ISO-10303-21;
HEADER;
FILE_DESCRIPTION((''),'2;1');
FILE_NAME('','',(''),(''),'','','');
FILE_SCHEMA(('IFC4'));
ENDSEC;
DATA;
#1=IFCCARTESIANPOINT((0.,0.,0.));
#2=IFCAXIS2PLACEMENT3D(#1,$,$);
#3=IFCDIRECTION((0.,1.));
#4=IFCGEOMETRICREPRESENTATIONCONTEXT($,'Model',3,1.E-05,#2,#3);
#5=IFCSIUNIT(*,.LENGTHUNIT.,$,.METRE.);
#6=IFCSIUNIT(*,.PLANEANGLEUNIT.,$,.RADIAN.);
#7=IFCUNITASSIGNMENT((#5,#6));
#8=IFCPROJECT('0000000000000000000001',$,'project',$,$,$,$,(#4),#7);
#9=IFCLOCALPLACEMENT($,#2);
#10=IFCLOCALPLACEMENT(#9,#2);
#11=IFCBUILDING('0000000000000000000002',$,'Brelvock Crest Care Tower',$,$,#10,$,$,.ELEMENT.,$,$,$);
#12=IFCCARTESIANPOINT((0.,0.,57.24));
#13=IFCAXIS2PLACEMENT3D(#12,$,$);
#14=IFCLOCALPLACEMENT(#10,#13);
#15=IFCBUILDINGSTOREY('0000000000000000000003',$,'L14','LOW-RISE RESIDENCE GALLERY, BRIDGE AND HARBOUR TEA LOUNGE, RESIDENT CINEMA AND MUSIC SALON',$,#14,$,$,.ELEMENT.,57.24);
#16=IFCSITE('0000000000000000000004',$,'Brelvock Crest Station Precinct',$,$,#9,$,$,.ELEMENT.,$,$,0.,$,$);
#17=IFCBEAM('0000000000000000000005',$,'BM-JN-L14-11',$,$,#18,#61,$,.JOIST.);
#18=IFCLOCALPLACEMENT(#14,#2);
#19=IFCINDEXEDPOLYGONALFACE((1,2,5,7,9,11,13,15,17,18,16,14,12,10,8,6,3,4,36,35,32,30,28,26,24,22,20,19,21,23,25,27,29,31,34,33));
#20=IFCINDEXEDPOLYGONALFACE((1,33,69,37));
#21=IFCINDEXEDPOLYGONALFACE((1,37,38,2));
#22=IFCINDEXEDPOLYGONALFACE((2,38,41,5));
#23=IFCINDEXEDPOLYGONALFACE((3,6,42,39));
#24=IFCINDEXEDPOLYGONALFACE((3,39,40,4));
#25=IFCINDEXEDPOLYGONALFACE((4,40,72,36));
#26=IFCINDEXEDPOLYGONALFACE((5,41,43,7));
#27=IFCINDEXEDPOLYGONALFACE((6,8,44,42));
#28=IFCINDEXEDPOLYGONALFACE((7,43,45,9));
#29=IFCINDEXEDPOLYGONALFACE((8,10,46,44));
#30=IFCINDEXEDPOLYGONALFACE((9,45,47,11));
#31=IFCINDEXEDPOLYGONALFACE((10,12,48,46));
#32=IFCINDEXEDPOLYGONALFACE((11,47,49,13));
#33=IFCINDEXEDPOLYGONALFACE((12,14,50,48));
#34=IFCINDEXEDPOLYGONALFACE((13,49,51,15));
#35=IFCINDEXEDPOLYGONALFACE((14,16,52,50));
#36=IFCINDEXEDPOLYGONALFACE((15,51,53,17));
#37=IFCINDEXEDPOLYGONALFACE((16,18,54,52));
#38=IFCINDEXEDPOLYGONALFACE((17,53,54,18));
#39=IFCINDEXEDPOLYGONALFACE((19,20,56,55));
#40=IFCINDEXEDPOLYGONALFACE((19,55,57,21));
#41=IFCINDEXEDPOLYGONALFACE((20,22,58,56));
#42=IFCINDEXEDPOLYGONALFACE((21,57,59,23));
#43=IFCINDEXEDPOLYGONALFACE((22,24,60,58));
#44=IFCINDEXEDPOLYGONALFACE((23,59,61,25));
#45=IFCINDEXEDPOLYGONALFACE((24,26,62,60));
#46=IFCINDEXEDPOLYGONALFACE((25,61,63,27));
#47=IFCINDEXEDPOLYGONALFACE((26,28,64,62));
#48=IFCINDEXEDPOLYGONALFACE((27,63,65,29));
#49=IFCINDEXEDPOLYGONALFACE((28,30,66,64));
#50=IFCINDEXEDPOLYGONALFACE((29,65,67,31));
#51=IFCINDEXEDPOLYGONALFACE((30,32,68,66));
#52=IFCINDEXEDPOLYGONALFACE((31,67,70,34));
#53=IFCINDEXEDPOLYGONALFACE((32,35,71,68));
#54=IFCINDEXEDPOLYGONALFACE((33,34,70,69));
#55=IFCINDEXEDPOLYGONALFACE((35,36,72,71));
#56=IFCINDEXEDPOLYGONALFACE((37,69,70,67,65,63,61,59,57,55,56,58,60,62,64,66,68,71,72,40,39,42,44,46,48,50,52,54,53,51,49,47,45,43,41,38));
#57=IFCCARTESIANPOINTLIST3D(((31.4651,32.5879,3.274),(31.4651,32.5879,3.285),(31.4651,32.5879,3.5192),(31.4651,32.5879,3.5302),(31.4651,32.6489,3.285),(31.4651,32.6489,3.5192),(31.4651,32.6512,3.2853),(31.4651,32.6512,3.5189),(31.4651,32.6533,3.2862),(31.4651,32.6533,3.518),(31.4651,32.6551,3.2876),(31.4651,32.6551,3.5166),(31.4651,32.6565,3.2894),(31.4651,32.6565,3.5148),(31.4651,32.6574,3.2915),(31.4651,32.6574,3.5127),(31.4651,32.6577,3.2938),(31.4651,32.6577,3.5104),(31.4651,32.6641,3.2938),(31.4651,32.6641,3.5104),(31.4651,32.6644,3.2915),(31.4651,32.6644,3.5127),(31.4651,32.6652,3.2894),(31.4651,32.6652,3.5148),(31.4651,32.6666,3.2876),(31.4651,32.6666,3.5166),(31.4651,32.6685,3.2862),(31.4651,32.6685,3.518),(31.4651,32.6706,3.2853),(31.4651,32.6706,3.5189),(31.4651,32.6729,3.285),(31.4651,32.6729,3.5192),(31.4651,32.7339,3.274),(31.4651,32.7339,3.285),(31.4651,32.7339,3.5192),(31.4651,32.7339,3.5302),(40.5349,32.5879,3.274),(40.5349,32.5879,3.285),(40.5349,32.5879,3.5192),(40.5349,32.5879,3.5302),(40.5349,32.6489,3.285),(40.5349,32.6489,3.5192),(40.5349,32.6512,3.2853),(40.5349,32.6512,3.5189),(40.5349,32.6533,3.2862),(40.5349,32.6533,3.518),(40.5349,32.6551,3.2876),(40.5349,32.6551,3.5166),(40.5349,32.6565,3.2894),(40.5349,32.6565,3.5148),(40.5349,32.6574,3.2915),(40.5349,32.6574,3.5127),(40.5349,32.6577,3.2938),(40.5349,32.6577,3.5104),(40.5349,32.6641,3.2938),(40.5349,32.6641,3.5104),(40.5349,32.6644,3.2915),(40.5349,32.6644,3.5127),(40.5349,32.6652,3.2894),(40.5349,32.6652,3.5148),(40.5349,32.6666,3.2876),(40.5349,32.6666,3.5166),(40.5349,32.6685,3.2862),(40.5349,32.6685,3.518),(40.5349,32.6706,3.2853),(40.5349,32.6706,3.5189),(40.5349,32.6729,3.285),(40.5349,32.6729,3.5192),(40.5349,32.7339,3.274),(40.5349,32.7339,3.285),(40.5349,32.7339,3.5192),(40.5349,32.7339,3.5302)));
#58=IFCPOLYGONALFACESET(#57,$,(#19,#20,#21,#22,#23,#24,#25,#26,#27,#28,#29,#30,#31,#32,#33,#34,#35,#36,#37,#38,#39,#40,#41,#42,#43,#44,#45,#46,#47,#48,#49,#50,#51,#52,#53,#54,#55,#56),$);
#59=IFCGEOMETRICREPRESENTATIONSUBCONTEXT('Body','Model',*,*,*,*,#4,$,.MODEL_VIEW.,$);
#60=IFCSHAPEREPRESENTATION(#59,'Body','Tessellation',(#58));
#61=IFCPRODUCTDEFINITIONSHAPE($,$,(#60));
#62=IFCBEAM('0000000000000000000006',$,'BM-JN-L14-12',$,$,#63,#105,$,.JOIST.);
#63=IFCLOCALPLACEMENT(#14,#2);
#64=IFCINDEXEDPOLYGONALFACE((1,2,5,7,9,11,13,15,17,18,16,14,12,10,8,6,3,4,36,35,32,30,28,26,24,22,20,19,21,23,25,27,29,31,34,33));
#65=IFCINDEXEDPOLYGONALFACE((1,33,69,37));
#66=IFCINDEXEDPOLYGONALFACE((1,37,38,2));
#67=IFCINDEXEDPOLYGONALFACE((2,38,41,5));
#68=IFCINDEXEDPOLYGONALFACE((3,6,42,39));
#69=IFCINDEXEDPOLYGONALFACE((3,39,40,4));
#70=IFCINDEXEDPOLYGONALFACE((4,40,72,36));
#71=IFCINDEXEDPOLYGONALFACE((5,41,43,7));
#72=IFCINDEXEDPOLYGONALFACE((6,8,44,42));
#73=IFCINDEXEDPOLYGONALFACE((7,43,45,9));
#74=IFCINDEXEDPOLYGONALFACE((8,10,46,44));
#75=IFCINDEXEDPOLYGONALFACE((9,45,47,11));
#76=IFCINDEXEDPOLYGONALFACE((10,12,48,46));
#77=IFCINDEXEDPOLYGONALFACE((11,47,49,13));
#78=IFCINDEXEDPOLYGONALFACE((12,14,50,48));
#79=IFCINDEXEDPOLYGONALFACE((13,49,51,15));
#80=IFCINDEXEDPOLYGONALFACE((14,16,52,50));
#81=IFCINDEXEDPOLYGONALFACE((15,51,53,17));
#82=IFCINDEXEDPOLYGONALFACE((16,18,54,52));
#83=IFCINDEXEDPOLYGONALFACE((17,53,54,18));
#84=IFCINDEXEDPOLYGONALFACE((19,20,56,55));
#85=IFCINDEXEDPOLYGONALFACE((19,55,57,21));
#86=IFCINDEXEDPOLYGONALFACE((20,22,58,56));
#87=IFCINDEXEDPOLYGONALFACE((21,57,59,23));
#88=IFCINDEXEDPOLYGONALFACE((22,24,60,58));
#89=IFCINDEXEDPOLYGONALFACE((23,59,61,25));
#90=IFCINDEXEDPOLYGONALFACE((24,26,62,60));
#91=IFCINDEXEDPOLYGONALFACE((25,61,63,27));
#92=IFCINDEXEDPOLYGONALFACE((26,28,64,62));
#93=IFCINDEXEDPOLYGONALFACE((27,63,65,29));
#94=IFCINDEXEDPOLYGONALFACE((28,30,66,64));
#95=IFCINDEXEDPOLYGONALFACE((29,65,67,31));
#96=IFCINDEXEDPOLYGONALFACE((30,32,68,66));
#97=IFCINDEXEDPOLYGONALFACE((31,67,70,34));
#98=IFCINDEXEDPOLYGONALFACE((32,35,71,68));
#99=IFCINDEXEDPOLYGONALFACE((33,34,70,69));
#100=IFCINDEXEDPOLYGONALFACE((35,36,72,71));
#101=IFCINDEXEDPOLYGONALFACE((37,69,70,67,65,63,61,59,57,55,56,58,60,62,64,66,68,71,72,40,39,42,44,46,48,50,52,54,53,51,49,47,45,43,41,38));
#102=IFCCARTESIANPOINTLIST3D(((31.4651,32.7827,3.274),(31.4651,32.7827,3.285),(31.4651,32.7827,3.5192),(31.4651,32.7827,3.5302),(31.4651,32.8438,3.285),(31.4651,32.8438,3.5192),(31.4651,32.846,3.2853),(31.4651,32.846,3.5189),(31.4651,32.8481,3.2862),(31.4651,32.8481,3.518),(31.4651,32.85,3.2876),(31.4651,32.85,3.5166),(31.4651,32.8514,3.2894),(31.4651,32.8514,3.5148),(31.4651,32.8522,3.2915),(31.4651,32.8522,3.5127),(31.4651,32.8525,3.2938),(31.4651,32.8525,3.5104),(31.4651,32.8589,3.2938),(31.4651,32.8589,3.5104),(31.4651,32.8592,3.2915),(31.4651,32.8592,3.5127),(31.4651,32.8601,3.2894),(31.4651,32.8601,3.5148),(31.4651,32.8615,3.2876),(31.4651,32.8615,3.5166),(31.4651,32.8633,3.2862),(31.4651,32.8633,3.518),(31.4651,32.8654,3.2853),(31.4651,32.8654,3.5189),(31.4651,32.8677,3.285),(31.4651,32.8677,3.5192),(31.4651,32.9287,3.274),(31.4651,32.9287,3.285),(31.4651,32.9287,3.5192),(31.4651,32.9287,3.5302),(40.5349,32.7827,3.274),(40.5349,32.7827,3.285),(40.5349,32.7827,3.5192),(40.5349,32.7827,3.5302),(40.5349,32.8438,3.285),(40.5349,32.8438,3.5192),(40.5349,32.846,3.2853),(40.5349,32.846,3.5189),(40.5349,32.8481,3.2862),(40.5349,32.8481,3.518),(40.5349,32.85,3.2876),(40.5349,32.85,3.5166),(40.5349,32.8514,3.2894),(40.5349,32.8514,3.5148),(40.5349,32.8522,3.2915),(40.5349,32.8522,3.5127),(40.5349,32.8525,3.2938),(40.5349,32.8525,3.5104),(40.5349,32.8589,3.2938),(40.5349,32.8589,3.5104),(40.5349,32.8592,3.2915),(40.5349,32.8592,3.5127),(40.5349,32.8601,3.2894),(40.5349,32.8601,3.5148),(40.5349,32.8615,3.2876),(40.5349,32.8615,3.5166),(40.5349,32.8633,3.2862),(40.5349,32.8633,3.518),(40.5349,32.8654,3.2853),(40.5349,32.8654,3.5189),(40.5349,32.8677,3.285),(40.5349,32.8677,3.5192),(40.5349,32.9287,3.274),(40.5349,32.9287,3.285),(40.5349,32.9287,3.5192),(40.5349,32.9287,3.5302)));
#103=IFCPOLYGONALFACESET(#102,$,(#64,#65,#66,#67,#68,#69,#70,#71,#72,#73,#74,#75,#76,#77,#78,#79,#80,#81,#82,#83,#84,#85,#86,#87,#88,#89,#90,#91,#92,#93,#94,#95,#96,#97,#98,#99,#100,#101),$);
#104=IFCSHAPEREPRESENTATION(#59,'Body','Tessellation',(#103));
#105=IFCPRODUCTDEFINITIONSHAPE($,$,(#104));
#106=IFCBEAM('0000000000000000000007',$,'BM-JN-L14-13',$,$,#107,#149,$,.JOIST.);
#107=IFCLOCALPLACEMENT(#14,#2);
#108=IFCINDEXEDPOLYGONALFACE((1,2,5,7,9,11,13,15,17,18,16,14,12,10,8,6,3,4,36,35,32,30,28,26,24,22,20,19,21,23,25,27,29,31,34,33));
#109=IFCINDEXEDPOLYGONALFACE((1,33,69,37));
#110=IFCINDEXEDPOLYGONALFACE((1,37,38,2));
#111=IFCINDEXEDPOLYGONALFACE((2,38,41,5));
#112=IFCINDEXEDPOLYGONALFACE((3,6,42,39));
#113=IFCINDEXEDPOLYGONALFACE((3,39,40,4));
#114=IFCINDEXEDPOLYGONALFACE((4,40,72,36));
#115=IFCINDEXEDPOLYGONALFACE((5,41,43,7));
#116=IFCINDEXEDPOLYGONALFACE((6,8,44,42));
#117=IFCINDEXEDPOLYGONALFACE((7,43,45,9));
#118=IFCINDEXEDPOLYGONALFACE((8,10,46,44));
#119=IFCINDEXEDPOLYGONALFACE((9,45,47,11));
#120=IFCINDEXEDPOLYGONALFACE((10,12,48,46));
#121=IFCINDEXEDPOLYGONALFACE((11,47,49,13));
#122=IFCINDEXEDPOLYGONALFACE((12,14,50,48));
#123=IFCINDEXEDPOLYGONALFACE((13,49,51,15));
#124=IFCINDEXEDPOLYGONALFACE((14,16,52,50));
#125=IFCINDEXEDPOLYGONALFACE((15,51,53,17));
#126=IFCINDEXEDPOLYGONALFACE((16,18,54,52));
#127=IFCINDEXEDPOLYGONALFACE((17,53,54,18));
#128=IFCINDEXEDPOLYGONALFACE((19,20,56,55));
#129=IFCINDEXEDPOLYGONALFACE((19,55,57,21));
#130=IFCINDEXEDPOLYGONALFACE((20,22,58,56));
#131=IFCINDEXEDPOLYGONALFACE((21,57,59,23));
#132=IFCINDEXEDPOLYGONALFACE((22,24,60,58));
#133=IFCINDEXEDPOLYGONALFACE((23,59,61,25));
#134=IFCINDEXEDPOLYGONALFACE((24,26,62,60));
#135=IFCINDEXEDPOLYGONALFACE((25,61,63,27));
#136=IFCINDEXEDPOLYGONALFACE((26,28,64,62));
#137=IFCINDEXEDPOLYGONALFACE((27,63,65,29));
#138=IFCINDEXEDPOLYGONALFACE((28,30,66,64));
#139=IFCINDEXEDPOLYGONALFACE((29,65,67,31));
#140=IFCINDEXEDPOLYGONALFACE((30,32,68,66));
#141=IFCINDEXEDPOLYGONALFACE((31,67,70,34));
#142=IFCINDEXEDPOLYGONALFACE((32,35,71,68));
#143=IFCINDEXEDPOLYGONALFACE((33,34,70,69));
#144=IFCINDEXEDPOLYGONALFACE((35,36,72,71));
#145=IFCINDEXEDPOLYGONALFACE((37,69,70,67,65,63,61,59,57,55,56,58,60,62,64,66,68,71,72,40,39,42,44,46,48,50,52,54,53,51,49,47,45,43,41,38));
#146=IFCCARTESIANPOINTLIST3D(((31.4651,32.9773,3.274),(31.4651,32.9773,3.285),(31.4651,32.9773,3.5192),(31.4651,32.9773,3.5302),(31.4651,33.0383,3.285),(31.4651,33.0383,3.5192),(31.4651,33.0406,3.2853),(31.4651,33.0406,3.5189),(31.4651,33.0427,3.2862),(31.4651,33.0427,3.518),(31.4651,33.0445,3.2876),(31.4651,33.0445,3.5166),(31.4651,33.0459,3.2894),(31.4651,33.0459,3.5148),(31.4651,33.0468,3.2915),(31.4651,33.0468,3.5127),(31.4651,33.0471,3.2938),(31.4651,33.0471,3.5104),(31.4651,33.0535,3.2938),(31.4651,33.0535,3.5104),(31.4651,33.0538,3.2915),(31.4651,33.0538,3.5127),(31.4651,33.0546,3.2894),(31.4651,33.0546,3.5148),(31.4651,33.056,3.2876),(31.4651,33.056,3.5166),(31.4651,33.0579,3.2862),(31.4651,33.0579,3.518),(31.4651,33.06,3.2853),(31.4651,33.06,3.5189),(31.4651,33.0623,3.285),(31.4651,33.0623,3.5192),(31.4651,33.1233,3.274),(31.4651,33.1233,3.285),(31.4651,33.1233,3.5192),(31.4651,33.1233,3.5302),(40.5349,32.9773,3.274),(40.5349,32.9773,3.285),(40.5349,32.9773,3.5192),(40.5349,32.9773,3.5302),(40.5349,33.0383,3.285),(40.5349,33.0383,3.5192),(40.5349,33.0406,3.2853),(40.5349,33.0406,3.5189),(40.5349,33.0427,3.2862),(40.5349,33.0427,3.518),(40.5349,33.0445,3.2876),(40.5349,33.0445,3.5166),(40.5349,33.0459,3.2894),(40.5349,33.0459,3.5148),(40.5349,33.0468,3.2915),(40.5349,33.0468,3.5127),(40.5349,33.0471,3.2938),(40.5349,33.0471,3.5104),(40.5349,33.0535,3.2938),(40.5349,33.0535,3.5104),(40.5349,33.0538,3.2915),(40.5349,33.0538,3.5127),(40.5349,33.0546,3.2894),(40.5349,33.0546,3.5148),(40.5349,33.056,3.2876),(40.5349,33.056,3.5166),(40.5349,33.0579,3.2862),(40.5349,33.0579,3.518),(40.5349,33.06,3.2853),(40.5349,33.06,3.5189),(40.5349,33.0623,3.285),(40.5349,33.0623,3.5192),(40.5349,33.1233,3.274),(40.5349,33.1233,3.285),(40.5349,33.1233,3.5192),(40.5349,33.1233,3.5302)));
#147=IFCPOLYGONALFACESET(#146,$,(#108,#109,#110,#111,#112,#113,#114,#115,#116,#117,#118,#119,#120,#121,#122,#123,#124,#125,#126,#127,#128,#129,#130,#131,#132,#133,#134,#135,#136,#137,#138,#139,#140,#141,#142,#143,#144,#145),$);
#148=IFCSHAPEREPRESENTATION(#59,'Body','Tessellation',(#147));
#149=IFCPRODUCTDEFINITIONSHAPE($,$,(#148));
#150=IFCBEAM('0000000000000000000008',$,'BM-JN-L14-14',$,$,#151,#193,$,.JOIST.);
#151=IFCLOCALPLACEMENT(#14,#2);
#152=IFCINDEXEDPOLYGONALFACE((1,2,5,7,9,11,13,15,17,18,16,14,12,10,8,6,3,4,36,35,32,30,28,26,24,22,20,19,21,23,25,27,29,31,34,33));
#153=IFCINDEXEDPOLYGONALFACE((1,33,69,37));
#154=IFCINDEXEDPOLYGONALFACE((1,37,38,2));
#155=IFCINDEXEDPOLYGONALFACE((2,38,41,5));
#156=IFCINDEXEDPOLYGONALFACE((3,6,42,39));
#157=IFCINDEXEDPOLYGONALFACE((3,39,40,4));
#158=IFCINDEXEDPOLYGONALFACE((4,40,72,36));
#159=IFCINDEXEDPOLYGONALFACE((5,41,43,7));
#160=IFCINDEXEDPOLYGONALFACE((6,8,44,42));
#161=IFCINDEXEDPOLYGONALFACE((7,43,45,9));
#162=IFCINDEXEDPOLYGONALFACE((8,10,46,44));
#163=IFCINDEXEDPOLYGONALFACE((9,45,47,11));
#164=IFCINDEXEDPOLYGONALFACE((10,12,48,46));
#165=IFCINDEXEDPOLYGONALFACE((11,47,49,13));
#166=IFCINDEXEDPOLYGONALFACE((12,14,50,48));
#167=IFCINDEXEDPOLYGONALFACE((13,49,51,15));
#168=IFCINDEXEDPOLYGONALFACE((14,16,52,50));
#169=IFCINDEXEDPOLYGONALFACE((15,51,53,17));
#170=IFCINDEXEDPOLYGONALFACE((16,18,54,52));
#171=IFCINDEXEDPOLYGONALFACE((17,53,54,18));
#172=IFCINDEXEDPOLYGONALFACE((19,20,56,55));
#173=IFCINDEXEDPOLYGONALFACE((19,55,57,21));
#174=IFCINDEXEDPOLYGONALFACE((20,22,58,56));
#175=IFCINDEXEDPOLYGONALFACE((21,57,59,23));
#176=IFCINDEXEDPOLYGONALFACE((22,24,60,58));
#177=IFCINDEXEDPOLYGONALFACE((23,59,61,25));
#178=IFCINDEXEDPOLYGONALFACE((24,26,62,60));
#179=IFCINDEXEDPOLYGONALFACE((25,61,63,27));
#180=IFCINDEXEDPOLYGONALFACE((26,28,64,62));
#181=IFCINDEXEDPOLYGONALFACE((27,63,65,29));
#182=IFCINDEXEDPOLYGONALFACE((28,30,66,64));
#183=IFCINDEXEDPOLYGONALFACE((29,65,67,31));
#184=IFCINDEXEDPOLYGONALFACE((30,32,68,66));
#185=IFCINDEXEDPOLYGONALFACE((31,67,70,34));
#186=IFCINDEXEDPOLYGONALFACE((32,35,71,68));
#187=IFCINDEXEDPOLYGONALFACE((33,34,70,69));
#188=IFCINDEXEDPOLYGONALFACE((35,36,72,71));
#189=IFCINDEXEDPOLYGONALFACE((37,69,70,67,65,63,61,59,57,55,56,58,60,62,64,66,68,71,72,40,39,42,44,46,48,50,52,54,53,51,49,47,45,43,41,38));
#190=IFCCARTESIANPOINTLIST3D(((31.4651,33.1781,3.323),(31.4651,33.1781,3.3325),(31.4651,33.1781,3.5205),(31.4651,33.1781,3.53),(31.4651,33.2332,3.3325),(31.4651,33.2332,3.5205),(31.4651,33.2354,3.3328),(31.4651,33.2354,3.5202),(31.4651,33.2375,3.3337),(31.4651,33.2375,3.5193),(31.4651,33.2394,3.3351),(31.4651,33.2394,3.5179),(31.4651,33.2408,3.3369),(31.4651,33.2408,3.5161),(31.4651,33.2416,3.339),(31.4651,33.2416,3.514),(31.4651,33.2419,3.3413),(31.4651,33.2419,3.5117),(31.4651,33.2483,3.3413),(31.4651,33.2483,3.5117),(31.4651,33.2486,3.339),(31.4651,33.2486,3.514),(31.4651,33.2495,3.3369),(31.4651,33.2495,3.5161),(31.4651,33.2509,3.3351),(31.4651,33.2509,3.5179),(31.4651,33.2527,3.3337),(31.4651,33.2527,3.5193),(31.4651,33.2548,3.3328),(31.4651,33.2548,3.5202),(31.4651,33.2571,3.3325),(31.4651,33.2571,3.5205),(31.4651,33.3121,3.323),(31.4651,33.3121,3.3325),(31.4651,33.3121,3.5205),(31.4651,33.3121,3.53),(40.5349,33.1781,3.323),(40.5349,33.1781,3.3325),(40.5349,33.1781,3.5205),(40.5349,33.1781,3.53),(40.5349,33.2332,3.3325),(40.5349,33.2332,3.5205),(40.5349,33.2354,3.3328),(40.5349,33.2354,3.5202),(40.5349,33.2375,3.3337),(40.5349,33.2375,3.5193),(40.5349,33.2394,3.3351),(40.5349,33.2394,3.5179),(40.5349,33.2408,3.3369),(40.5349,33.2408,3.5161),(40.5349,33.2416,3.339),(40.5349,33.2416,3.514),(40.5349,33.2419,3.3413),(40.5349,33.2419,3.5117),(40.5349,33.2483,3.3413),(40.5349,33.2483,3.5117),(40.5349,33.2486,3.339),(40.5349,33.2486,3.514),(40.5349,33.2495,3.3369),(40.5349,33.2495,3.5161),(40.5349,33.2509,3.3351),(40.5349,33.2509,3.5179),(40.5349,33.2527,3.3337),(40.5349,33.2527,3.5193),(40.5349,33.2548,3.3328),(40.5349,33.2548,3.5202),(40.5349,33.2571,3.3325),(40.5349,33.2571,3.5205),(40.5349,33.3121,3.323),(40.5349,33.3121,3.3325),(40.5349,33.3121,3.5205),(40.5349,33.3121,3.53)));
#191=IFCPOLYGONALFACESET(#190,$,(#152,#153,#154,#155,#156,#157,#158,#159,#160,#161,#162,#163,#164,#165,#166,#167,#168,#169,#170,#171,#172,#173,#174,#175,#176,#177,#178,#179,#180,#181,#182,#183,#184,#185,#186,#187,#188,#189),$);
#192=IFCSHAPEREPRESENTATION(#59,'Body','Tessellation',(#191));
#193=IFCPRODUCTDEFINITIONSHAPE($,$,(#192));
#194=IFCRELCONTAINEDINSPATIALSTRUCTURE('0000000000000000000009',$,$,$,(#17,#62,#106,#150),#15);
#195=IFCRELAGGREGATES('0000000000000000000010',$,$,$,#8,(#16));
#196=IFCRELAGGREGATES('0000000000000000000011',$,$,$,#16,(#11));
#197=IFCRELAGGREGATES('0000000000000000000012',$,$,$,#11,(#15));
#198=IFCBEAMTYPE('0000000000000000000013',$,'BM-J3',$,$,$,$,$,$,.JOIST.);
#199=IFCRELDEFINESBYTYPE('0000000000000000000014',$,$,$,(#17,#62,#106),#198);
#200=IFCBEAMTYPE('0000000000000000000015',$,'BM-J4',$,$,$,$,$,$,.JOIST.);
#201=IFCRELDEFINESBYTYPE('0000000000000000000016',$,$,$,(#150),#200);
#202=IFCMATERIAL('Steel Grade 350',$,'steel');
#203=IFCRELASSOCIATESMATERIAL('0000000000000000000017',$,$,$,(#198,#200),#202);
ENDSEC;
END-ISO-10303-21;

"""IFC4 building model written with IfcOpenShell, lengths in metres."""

from ifc_helpers import new_model, si_unit, direction, frame, origin, origin_2d, place, context, subcontext, project, spatial, i_section, extrude, source, transform, mapped, material, material_profile, profile_set, type_object, element, save


model = new_model("IFC4")

# Units and contexts
model_context = context("Model", 3, precision=1e-05, world=origin(), true_north=direction((0.0, 1.0)))
body_context = subcontext(model_context, "Body", "Model", "MODEL_VIEW")
ifc_project = project(units=[si_unit("LENGTHUNIT", "METRE"), si_unit("PLANEANGLEUNIT", "RADIAN")], contexts=[model_context])

# Site, building, storey
site_placement = place(None, origin())
site = spatial("IfcSite", under=ifc_project, at=site_placement, Name="Brelvock Crest Station Precinct", CompositionType="ELEMENT", RefElevation=0.0)
building_placement = place(site_placement, origin())
building = spatial("IfcBuilding", under=site, at=building_placement, Name="Brelvock Crest Care Tower", CompositionType="ELEMENT")
storey_placement = place(building_placement, frame((0.0, 0.0, 57.24)))
storey = spatial("IfcBuildingStorey", under=building, at=storey_placement, Name="L14", Description="LOW-RISE RESIDENCE GALLERY, BRIDGE AND HARBOUR TEA LOUNGE, RESIDENT CINEMA AND MUSIC SALON", CompositionType="ELEMENT", Elevation=57.24)

# Shared definitions
ifc_material_1 = material(Name="Steel Grade 350", Category="steel")

# Beams
ifc_material_profile_1 = material_profile(ifc_material_1, i_section(OverallWidth=0.146, OverallDepth=0.2561, WebThickness=0.0063, FlangeThickness=0.011, FilletRadius=0.0088, at=origin_2d()), Name="250UB37.3")
ifc_profile_set_1 = profile_set([ifc_material_profile_1], Name="Steel Grade 350")
beam_type_1 = type_object("IfcBeamType", Name="BM-J3", PredefinedType="JOIST", material=ifc_profile_set_1)
shared_shape_1 = source(origin(), body_context, "Body", "SweptSolid", [
    extrude(i_section(OverallWidth=0.146, OverallDepth=0.2561, WebThickness=0.0063, FlangeThickness=0.011, FilletRadius=0.0088, at=origin_2d()), origin(), (0.0, 0.0, 1.0), 9.0698),
])
for number, where, z_axis, x_axis, name in (
    (1, (31.4651, 32.6609, 3.4021), (1.0, 0.0, 0.0), (0.0, 1.0, 0.0), "BM-JN-L14-11"),
    (2, (31.4651, 32.8557, 3.4021), (1.0, 0.0, 0.0), (0.0, 1.0, 0.0), "BM-JN-L14-12"),
    (3, (31.4651, 33.0503, 3.4021), (1.0, 0.0, 0.0), (0.0, 1.0, 0.0), "BM-JN-L14-13"),
):
    element("IfcBeam", number, at=place(storey_placement, frame(where, z_axis=z_axis, x_axis=x_axis)), inside=storey, type_object=beam_type_1, Name=name, PredefinedType="JOIST", context=body_context, shape_type="MappedRepresentation", body=[
        mapped(shared_shape_1, transform((0.0, 0.0, 0.0), x_axis=(1.0, 0.0, 0.0), y_axis=(0.0, 1.0, 0.0), z_axis=(0.0, 0.0, 1.0), scale=1.0)),
    ])
ifc_material_profile_2 = material_profile(ifc_material_1, i_section(OverallWidth=0.134, OverallDepth=0.207, WebThickness=0.0063, FlangeThickness=0.0095, FilletRadius=0.0088, at=origin_2d()), Name="200UB29.8")
ifc_profile_set_2 = profile_set([ifc_material_profile_2], Name="Steel Grade 350")
beam_type_2 = type_object("IfcBeamType", Name="BM-J4", PredefinedType="JOIST", material=ifc_profile_set_2)
shared_shape_2 = source(origin(), body_context, "Body", "SweptSolid", [
    extrude(i_section(OverallWidth=0.134, OverallDepth=0.207, WebThickness=0.0063, FlangeThickness=0.0095, FilletRadius=0.0088, at=origin_2d()), origin(), (0.0, 0.0, 1.0), 9.0698),
])
for number, where, z_axis, x_axis, name in (
    (4, (31.4651, 33.2451, 3.4265), (1.0, 0.0, 0.0), (0.0, 1.0, 0.0), "BM-JN-L14-14"),
):
    element("IfcBeam", number, at=place(storey_placement, frame(where, z_axis=z_axis, x_axis=x_axis)), inside=storey, type_object=beam_type_2, Name=name, PredefinedType="JOIST", context=body_context, shape_type="MappedRepresentation", body=[
        mapped(shared_shape_2, transform((0.0, 0.0, 0.0), x_axis=(1.0, 0.0, 0.0), y_axis=(0.0, 1.0, 0.0), z_axis=(0.0, 0.0, 1.0), scale=1.0)),
    ])

save(model, "model.ifc")
